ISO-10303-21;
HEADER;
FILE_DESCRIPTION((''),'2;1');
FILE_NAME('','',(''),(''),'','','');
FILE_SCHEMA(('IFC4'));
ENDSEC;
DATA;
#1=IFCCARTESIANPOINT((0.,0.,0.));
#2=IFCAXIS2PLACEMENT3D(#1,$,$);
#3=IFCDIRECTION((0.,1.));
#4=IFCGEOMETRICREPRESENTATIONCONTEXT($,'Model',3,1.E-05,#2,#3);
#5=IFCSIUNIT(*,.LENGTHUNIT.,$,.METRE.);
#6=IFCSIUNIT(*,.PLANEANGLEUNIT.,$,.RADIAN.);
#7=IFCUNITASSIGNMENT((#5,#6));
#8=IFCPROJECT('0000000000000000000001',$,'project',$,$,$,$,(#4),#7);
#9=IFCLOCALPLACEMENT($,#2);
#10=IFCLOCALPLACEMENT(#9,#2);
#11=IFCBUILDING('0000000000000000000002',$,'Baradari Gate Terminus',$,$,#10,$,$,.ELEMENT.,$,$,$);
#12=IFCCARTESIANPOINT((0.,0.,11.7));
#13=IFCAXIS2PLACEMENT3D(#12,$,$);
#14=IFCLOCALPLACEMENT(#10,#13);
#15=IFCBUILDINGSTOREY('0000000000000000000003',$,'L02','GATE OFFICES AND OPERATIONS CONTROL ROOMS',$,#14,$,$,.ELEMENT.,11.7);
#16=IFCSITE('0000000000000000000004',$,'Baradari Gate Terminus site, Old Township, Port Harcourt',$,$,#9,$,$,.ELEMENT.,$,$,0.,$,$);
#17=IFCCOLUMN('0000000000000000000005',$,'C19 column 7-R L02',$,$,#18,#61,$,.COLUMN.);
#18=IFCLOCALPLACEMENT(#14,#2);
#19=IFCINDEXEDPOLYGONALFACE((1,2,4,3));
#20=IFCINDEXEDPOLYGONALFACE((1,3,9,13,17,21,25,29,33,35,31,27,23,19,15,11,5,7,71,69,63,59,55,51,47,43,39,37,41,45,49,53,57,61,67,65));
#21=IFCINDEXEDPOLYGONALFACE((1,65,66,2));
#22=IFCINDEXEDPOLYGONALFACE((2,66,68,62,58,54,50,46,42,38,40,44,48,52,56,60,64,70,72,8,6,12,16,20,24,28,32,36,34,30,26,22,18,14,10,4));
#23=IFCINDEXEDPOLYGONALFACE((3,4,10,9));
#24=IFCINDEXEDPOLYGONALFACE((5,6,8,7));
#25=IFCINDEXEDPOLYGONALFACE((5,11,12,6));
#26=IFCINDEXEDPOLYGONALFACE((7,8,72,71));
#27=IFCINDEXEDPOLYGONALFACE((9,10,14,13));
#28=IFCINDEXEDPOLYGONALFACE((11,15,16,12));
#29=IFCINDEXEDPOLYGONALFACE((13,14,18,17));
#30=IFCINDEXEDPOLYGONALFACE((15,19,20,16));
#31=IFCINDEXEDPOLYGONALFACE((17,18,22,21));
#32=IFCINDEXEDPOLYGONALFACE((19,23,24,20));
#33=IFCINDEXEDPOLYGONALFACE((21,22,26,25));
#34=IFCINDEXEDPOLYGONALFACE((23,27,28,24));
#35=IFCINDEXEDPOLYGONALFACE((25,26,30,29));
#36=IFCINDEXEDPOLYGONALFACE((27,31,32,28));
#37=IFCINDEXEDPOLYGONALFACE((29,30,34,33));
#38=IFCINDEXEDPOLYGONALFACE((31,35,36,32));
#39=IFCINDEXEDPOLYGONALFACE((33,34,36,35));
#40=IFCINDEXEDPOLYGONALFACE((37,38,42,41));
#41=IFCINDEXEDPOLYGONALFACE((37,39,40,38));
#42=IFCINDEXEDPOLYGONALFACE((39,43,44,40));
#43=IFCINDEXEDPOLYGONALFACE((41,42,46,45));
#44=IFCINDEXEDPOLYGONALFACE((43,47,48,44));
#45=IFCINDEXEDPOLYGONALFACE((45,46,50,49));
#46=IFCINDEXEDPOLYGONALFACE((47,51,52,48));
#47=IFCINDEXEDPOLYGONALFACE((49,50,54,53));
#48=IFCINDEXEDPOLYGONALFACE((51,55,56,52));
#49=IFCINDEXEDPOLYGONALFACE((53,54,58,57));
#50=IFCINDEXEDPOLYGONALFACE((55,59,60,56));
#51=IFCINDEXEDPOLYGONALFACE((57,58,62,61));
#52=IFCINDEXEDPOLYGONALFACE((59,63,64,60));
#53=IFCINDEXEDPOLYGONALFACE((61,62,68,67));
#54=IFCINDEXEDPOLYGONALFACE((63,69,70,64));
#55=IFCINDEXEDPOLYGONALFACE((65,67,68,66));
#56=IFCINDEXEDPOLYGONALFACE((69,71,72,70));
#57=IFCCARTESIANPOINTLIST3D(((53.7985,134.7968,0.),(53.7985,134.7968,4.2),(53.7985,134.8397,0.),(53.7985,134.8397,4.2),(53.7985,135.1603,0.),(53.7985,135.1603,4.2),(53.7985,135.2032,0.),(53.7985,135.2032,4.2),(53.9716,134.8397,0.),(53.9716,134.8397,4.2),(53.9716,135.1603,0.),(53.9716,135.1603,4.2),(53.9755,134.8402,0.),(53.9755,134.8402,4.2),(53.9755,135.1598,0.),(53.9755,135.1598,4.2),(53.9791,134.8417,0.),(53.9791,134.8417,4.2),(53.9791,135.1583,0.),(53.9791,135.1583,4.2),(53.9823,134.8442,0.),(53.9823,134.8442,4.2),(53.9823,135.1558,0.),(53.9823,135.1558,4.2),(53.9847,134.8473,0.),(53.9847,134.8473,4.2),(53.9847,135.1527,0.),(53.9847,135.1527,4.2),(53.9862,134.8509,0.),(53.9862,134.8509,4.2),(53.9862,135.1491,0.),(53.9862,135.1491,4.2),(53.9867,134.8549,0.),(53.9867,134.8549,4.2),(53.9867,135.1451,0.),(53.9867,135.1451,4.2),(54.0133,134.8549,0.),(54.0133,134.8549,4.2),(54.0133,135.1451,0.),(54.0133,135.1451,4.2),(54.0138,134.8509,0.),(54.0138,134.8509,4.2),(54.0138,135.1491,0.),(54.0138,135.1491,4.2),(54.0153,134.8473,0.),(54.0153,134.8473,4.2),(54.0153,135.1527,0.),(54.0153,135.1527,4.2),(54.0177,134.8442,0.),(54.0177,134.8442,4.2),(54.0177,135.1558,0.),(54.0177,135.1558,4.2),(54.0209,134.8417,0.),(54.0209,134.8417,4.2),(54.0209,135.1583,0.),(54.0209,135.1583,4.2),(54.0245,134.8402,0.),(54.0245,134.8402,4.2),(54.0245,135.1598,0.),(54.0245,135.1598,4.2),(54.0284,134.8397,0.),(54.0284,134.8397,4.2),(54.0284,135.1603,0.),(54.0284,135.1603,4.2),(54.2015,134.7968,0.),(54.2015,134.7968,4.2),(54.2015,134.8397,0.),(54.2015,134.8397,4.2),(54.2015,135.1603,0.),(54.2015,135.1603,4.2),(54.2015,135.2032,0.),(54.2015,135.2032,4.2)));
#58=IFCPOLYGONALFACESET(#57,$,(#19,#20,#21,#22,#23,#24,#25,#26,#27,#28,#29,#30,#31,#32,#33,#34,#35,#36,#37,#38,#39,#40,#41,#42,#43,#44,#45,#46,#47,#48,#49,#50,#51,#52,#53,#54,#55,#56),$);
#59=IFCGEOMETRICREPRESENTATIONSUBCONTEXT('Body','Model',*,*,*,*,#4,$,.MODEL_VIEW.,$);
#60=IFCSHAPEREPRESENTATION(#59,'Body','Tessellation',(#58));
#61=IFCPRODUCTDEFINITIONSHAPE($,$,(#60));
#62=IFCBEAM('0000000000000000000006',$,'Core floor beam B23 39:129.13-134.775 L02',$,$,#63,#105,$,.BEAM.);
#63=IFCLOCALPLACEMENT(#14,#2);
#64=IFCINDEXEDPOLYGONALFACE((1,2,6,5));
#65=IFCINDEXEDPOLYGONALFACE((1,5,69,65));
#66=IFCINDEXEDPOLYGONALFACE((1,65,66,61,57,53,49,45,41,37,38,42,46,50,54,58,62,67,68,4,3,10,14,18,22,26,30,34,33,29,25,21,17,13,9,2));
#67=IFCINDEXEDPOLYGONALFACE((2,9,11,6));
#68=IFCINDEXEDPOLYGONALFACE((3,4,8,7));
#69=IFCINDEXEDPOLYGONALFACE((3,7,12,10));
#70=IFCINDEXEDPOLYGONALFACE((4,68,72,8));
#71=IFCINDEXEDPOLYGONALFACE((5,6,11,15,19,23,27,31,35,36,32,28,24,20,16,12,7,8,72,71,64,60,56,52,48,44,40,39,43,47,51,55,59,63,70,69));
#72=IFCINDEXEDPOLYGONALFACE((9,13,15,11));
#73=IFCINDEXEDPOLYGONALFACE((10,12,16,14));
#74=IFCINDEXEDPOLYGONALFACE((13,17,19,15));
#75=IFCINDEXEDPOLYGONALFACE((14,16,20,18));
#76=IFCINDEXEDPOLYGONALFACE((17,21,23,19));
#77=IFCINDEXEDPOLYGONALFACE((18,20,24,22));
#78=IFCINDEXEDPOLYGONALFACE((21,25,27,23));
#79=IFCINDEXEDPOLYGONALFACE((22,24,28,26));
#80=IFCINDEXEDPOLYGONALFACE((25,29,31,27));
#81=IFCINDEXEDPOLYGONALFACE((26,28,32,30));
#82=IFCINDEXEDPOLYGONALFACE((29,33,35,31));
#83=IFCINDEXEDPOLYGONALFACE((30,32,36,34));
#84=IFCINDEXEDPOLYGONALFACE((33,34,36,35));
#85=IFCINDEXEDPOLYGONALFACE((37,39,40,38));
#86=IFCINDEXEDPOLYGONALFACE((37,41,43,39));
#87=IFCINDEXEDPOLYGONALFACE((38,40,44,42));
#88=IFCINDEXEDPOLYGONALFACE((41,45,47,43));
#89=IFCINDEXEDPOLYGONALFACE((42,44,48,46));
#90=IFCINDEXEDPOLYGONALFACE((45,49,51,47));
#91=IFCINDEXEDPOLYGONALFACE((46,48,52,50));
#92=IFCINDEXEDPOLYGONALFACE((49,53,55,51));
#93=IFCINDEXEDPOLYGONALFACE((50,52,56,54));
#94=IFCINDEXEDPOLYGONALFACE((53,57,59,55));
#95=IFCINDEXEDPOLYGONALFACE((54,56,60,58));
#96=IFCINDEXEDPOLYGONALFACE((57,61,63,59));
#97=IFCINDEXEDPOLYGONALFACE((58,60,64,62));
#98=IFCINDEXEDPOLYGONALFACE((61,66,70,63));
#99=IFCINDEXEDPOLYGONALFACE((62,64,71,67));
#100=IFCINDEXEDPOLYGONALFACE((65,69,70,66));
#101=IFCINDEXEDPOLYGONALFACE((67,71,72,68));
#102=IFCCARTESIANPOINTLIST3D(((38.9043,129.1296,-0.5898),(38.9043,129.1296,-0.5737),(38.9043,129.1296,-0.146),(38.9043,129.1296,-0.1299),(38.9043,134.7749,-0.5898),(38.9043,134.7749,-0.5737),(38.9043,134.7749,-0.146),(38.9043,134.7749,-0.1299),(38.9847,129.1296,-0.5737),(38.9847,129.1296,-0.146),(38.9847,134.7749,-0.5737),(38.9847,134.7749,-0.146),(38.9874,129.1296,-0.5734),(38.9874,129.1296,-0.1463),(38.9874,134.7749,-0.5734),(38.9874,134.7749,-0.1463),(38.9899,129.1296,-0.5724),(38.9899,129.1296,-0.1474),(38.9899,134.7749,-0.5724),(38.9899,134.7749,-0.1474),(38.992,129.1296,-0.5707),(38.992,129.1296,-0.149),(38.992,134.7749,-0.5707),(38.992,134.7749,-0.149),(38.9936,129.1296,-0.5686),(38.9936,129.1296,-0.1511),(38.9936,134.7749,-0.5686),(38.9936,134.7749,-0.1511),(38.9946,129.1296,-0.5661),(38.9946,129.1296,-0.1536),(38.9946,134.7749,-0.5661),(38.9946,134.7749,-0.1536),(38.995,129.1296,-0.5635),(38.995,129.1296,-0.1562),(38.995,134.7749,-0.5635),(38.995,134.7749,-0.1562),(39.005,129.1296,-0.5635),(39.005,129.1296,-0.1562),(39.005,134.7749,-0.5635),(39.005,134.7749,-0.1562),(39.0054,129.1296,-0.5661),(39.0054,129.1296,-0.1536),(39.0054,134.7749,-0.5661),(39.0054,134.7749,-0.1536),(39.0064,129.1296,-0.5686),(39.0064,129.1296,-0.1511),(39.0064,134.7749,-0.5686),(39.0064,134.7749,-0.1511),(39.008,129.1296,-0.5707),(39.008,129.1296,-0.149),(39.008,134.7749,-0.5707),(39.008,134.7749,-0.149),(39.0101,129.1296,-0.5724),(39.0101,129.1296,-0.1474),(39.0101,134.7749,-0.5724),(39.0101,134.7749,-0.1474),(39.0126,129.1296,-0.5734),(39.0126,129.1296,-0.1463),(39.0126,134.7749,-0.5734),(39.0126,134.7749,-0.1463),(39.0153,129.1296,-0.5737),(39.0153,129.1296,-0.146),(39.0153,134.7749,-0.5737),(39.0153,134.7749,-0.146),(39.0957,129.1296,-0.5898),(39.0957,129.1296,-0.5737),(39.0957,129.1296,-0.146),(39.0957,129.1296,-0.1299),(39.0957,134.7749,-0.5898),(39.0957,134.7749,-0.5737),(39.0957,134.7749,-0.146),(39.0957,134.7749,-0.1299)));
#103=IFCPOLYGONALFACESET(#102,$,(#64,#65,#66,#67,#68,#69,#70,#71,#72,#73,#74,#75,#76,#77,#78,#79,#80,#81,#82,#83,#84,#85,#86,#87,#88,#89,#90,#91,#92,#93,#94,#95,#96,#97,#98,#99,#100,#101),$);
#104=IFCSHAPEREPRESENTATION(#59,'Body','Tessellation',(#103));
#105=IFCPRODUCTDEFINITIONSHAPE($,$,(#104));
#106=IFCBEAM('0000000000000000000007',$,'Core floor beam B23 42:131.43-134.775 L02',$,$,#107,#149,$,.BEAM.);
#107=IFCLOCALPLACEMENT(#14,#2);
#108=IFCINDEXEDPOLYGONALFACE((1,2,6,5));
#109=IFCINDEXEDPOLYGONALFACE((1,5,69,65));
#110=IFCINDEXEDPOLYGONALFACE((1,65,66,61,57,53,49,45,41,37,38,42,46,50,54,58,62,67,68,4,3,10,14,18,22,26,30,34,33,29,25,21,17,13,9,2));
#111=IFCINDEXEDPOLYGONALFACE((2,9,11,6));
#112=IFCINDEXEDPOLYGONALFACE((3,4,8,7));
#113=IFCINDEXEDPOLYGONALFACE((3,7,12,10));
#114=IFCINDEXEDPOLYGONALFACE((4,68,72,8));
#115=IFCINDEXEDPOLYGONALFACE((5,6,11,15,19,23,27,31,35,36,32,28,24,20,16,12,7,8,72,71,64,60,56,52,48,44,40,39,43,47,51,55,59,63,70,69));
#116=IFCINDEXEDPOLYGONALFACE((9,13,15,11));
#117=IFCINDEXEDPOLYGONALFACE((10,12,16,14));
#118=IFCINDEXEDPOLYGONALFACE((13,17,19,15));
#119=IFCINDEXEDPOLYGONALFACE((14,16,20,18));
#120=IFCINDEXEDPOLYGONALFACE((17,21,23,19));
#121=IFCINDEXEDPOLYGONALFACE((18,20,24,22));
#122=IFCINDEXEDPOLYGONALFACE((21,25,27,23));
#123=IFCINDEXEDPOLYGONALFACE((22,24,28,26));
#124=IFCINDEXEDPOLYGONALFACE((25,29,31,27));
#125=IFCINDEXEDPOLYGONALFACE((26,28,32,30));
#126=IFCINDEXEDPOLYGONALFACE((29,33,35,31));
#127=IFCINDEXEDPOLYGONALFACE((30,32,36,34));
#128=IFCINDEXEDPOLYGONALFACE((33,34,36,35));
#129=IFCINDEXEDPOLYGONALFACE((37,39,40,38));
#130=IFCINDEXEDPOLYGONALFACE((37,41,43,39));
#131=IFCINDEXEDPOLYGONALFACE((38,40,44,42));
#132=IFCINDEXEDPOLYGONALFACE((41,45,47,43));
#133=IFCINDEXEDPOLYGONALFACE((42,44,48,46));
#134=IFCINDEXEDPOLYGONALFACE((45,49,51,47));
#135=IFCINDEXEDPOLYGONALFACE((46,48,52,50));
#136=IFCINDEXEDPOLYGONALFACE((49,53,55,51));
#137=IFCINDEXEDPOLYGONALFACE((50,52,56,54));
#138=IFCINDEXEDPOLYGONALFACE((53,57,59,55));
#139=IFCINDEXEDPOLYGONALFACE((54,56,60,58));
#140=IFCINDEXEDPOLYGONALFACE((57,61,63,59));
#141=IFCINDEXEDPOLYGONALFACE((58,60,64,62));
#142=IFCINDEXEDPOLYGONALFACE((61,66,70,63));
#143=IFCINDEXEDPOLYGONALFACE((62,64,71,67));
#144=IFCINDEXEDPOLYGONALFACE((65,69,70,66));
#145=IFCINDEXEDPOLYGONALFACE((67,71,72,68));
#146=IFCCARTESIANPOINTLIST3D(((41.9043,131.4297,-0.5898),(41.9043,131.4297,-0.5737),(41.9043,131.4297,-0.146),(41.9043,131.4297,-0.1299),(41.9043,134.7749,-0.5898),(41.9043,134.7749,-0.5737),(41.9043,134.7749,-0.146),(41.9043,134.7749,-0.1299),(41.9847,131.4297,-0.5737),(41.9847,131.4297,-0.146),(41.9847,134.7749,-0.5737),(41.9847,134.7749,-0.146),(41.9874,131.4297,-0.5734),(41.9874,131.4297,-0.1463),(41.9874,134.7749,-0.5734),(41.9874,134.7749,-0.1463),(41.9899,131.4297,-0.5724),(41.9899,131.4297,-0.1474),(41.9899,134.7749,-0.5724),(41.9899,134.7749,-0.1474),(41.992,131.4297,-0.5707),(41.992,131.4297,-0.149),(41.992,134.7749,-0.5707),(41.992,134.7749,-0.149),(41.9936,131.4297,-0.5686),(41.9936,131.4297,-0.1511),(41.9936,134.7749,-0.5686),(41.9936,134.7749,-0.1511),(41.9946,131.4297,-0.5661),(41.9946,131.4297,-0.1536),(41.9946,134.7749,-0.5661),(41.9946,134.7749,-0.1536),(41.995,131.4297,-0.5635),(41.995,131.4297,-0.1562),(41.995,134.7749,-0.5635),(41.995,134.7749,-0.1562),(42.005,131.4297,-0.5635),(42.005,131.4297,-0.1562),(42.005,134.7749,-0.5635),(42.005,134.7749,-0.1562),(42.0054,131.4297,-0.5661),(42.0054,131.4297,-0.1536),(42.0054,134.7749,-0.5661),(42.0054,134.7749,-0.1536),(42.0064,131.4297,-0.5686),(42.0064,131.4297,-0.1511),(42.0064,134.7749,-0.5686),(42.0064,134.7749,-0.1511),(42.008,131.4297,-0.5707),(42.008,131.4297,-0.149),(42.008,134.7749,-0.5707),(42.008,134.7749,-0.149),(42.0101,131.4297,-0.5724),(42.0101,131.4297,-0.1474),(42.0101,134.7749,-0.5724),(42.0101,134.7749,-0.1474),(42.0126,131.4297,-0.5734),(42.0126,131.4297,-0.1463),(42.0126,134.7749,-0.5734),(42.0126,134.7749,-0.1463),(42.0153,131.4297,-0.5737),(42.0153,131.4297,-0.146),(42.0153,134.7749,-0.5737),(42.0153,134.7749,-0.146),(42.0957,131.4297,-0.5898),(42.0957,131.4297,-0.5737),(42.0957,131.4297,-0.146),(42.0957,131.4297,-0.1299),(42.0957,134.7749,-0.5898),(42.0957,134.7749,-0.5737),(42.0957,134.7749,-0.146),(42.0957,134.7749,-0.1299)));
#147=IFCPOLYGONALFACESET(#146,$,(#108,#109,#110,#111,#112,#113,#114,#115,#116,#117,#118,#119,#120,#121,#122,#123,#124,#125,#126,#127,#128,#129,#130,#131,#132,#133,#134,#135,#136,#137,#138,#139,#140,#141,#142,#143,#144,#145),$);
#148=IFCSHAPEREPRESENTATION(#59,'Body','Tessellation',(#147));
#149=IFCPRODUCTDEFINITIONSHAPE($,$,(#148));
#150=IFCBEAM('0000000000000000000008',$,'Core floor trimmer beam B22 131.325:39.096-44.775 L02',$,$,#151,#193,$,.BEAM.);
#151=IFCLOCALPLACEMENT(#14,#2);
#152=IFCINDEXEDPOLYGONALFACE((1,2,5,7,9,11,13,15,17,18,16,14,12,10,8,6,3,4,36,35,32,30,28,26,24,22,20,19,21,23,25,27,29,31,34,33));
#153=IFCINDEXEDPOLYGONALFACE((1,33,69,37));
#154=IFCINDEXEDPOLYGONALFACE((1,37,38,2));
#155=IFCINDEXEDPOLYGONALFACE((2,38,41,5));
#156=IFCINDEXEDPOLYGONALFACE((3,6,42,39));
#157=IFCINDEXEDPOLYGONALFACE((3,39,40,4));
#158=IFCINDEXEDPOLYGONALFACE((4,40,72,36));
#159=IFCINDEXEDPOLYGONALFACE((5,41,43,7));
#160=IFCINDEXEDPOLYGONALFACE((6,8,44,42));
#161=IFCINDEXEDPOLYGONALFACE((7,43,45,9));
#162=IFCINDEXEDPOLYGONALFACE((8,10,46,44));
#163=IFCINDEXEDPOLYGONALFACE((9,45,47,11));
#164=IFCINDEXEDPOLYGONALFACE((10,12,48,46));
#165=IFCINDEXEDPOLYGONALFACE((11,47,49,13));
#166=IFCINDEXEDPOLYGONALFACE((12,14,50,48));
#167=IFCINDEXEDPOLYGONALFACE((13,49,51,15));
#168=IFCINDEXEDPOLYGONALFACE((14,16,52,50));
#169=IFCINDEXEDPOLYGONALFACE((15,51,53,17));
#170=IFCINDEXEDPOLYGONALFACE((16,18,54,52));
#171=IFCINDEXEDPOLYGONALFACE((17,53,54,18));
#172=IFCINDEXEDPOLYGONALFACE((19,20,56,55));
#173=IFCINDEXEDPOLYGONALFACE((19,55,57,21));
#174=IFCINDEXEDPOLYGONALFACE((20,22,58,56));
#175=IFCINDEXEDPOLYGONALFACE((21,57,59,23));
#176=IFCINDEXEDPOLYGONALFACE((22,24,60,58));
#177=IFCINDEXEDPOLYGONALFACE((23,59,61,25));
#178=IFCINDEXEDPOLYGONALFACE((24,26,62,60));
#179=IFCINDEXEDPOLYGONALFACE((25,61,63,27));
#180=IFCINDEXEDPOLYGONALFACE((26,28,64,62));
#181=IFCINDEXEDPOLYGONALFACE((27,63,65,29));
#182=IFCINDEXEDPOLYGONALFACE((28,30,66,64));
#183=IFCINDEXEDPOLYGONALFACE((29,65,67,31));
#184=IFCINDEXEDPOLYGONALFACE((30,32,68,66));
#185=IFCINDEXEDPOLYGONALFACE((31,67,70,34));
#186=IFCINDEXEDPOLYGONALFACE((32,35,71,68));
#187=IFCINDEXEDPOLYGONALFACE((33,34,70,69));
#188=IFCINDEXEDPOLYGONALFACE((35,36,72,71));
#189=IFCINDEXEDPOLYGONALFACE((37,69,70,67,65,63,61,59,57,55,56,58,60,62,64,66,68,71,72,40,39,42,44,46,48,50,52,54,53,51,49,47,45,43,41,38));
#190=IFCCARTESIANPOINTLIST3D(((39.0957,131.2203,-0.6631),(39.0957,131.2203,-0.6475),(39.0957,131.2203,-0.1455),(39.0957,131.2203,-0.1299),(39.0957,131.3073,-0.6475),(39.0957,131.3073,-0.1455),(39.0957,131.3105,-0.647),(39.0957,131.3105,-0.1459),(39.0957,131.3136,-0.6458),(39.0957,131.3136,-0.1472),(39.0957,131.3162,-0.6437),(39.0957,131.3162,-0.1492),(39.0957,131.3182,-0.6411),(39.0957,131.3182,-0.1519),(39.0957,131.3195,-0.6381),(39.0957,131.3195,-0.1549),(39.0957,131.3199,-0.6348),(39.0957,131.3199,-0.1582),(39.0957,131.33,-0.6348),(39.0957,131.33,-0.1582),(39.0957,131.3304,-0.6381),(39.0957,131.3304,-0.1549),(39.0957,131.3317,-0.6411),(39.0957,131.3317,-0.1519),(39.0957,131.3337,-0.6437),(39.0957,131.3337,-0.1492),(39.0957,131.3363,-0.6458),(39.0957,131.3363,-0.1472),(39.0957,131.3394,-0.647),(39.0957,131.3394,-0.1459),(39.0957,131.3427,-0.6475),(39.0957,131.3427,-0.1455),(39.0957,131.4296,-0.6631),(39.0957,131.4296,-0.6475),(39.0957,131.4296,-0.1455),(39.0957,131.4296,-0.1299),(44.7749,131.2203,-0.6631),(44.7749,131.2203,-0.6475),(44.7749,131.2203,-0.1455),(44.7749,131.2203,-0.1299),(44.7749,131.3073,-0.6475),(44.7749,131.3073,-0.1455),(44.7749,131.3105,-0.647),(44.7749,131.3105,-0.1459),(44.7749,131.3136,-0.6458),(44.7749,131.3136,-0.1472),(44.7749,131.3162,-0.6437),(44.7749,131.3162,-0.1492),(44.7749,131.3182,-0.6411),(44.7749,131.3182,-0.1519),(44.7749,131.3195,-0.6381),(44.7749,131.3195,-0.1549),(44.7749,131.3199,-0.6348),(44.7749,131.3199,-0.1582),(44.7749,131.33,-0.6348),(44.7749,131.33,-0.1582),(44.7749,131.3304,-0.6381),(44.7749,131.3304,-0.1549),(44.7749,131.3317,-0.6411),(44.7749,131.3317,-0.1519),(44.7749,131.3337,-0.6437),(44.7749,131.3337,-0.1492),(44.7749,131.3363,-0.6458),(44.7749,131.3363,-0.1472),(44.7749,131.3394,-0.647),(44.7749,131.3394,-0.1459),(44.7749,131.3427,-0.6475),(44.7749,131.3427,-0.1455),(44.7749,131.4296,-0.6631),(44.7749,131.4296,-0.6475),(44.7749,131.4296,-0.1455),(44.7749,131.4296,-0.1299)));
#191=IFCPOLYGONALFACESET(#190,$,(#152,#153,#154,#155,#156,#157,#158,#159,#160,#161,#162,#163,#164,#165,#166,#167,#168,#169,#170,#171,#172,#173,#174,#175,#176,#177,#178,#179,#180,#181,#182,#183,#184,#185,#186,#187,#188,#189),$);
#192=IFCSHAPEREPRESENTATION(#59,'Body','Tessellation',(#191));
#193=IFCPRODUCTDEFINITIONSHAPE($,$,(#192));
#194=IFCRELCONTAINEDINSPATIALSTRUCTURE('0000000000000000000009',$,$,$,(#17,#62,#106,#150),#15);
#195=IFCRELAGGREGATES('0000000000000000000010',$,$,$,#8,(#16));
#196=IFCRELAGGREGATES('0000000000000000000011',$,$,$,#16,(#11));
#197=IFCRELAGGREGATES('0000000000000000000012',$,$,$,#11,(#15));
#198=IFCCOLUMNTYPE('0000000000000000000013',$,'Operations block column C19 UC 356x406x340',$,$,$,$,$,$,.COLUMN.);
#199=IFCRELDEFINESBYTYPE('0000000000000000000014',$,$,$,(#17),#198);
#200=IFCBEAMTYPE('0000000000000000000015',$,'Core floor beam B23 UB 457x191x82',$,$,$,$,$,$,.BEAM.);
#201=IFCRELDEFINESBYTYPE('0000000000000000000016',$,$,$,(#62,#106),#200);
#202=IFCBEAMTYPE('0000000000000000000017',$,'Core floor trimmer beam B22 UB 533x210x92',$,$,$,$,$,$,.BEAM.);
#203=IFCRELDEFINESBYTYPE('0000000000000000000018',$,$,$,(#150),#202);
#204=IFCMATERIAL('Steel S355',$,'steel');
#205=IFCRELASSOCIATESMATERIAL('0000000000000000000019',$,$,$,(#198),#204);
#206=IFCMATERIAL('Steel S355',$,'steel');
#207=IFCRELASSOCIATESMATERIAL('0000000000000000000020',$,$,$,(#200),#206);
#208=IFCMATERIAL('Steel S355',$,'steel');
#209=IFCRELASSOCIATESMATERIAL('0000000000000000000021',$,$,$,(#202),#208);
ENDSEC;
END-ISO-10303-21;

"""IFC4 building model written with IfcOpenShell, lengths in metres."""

from ifc_helpers import new_model, si_unit, direction, frame, origin, origin_2d, place, context, subcontext, project, spatial, i_section, extrude, material, material_profile, profile_set, type_object, element, save


model = new_model("IFC4")

# Units and contexts
model_context = context("Model", 3, precision=1e-05, world=origin(), true_north=direction((0.0, 1.0)))
body_context = subcontext(model_context, "Body", "Model", "MODEL_VIEW")
ifc_project = project(units=[si_unit("LENGTHUNIT", "METRE"), si_unit("PLANEANGLEUNIT", "RADIAN")], contexts=[model_context])

# Site, building, storey
site_placement = place(None, origin())
site = spatial("IfcSite", under=ifc_project, at=site_placement, Name="Baradari Gate Terminus site, Old Township, Port Harcourt", CompositionType="ELEMENT", RefElevation=0.0)
building_placement = place(site_placement, origin())
building = spatial("IfcBuilding", under=site, at=building_placement, Name="Baradari Gate Terminus", CompositionType="ELEMENT")
storey_placement = place(building_placement, frame((0.0, 0.0, 11.7)))
storey = spatial("IfcBuildingStorey", under=building, at=storey_placement, Name="L02", Description="GATE OFFICES AND OPERATIONS CONTROL ROOMS", CompositionType="ELEMENT", Elevation=11.7)

# Column
ifc_material_1 = material(Name="Steel S355", Category="steel")
ifc_material_profile_1 = material_profile(ifc_material_1, i_section(OverallWidth=0.4031, OverallDepth=0.4065, WebThickness=0.0266, FlangeThickness=0.043, FilletRadius=0.0151, at=origin_2d()), Name="UC 356x406x340")
ifc_profile_set_1 = profile_set([ifc_material_profile_1], Name="Steel S355")
column_type = type_object("IfcColumnType", Name="Operations block column C19 UC 356x406x340", PredefinedType="COLUMN", material=ifc_profile_set_1)
column_placement = place(storey_placement, frame((54.0, 135.0, 0.0), z_axis=(0.0, 0.0, 1.0), x_axis=(1.0, 0.0, 0.0)))
element("IfcColumn", 1, at=column_placement, inside=storey, type_object=column_type, Name="C19 column 7-R L02", PredefinedType="COLUMN", context=body_context, shape_type="SweptSolid", body=[
    extrude(i_section(OverallWidth=0.4031, OverallDepth=0.4065, WebThickness=0.0266, FlangeThickness=0.043, FilletRadius=0.0151, at=origin_2d()), origin(), (0.0, 0.0, 1.0), 4.2),
])

# Beams
ifc_material_2 = material(Name="Steel S355", Category="steel")
ifc_material_profile_2 = material_profile(ifc_material_2, i_section(OverallWidth=0.1914, OverallDepth=0.46, WebThickness=0.01, FlangeThickness=0.0161, FilletRadius=0.0103, at=origin_2d()), Name="UB 457x191x82")
ifc_profile_set_2 = profile_set([ifc_material_profile_2], Name="Steel S355")
beam_type_1 = type_object("IfcBeamType", Name="Core floor beam B23 UB 457x191x82", PredefinedType="BEAM", material=ifc_profile_set_2)
beam_1_placement = place(storey_placement, frame((39.0, 129.1296, -0.3599), z_axis=(0.0, 1.0, 0.0), x_axis=(-1.0, 0.0, 0.0)))
element("IfcBeam", 2, at=beam_1_placement, inside=storey, type_object=beam_type_1, Name="Core floor beam B23 39:129.13-134.775 L02", PredefinedType="BEAM", context=body_context, shape_type="SweptSolid", body=[
    extrude(i_section(OverallWidth=0.1914, OverallDepth=0.46, WebThickness=0.01, FlangeThickness=0.0161, FilletRadius=0.0103, at=origin_2d()), origin(), (0.0, 0.0, 1.0), 5.6453),
])
beam_2_placement = place(storey_placement, frame((42.0, 131.4297, -0.3599), z_axis=(0.0, 1.0, 0.0), x_axis=(-1.0, 0.0, 0.0)))
element("IfcBeam", 3, at=beam_2_placement, inside=storey, type_object=beam_type_1, Name="Core floor beam B23 42:131.43-134.775 L02", PredefinedType="BEAM", context=body_context, shape_type="SweptSolid", body=[
    extrude(i_section(OverallWidth=0.1914, OverallDepth=0.46, WebThickness=0.01, FlangeThickness=0.0161, FilletRadius=0.0103, at=origin_2d()), origin(), (0.0, 0.0, 1.0), 3.3452),
])
ifc_material_3 = material(Name="Steel S355", Category="steel")
ifc_material_profile_3 = material_profile(ifc_material_3, i_section(OverallWidth=0.2092, OverallDepth=0.5332, WebThickness=0.01, FlangeThickness=0.0156, FilletRadius=0.0127, at=origin_2d()), Name="UB 533x210x92")
ifc_profile_set_3 = profile_set([ifc_material_profile_3], Name="Steel S355")
beam_type_2 = type_object("IfcBeamType", Name="Core floor trimmer beam B22 UB 533x210x92", PredefinedType="BEAM", material=ifc_profile_set_3)
beam_3_placement = place(storey_placement, frame((39.0957, 131.325, -0.3965), z_axis=(1.0, 0.0, 0.0), x_axis=(0.0, 1.0, 0.0)))
element("IfcBeam", 4, at=beam_3_placement, inside=storey, type_object=beam_type_2, Name="Core floor trimmer beam B22 131.325:39.096-44.775 L02", PredefinedType="BEAM", context=body_context, shape_type="SweptSolid", body=[
    extrude(i_section(OverallWidth=0.2092, OverallDepth=0.5332, WebThickness=0.01, FlangeThickness=0.0156, FilletRadius=0.0127, at=origin_2d()), origin(), (0.0, 0.0, 1.0), 5.6792),
])

save(model, "model.ifc")
